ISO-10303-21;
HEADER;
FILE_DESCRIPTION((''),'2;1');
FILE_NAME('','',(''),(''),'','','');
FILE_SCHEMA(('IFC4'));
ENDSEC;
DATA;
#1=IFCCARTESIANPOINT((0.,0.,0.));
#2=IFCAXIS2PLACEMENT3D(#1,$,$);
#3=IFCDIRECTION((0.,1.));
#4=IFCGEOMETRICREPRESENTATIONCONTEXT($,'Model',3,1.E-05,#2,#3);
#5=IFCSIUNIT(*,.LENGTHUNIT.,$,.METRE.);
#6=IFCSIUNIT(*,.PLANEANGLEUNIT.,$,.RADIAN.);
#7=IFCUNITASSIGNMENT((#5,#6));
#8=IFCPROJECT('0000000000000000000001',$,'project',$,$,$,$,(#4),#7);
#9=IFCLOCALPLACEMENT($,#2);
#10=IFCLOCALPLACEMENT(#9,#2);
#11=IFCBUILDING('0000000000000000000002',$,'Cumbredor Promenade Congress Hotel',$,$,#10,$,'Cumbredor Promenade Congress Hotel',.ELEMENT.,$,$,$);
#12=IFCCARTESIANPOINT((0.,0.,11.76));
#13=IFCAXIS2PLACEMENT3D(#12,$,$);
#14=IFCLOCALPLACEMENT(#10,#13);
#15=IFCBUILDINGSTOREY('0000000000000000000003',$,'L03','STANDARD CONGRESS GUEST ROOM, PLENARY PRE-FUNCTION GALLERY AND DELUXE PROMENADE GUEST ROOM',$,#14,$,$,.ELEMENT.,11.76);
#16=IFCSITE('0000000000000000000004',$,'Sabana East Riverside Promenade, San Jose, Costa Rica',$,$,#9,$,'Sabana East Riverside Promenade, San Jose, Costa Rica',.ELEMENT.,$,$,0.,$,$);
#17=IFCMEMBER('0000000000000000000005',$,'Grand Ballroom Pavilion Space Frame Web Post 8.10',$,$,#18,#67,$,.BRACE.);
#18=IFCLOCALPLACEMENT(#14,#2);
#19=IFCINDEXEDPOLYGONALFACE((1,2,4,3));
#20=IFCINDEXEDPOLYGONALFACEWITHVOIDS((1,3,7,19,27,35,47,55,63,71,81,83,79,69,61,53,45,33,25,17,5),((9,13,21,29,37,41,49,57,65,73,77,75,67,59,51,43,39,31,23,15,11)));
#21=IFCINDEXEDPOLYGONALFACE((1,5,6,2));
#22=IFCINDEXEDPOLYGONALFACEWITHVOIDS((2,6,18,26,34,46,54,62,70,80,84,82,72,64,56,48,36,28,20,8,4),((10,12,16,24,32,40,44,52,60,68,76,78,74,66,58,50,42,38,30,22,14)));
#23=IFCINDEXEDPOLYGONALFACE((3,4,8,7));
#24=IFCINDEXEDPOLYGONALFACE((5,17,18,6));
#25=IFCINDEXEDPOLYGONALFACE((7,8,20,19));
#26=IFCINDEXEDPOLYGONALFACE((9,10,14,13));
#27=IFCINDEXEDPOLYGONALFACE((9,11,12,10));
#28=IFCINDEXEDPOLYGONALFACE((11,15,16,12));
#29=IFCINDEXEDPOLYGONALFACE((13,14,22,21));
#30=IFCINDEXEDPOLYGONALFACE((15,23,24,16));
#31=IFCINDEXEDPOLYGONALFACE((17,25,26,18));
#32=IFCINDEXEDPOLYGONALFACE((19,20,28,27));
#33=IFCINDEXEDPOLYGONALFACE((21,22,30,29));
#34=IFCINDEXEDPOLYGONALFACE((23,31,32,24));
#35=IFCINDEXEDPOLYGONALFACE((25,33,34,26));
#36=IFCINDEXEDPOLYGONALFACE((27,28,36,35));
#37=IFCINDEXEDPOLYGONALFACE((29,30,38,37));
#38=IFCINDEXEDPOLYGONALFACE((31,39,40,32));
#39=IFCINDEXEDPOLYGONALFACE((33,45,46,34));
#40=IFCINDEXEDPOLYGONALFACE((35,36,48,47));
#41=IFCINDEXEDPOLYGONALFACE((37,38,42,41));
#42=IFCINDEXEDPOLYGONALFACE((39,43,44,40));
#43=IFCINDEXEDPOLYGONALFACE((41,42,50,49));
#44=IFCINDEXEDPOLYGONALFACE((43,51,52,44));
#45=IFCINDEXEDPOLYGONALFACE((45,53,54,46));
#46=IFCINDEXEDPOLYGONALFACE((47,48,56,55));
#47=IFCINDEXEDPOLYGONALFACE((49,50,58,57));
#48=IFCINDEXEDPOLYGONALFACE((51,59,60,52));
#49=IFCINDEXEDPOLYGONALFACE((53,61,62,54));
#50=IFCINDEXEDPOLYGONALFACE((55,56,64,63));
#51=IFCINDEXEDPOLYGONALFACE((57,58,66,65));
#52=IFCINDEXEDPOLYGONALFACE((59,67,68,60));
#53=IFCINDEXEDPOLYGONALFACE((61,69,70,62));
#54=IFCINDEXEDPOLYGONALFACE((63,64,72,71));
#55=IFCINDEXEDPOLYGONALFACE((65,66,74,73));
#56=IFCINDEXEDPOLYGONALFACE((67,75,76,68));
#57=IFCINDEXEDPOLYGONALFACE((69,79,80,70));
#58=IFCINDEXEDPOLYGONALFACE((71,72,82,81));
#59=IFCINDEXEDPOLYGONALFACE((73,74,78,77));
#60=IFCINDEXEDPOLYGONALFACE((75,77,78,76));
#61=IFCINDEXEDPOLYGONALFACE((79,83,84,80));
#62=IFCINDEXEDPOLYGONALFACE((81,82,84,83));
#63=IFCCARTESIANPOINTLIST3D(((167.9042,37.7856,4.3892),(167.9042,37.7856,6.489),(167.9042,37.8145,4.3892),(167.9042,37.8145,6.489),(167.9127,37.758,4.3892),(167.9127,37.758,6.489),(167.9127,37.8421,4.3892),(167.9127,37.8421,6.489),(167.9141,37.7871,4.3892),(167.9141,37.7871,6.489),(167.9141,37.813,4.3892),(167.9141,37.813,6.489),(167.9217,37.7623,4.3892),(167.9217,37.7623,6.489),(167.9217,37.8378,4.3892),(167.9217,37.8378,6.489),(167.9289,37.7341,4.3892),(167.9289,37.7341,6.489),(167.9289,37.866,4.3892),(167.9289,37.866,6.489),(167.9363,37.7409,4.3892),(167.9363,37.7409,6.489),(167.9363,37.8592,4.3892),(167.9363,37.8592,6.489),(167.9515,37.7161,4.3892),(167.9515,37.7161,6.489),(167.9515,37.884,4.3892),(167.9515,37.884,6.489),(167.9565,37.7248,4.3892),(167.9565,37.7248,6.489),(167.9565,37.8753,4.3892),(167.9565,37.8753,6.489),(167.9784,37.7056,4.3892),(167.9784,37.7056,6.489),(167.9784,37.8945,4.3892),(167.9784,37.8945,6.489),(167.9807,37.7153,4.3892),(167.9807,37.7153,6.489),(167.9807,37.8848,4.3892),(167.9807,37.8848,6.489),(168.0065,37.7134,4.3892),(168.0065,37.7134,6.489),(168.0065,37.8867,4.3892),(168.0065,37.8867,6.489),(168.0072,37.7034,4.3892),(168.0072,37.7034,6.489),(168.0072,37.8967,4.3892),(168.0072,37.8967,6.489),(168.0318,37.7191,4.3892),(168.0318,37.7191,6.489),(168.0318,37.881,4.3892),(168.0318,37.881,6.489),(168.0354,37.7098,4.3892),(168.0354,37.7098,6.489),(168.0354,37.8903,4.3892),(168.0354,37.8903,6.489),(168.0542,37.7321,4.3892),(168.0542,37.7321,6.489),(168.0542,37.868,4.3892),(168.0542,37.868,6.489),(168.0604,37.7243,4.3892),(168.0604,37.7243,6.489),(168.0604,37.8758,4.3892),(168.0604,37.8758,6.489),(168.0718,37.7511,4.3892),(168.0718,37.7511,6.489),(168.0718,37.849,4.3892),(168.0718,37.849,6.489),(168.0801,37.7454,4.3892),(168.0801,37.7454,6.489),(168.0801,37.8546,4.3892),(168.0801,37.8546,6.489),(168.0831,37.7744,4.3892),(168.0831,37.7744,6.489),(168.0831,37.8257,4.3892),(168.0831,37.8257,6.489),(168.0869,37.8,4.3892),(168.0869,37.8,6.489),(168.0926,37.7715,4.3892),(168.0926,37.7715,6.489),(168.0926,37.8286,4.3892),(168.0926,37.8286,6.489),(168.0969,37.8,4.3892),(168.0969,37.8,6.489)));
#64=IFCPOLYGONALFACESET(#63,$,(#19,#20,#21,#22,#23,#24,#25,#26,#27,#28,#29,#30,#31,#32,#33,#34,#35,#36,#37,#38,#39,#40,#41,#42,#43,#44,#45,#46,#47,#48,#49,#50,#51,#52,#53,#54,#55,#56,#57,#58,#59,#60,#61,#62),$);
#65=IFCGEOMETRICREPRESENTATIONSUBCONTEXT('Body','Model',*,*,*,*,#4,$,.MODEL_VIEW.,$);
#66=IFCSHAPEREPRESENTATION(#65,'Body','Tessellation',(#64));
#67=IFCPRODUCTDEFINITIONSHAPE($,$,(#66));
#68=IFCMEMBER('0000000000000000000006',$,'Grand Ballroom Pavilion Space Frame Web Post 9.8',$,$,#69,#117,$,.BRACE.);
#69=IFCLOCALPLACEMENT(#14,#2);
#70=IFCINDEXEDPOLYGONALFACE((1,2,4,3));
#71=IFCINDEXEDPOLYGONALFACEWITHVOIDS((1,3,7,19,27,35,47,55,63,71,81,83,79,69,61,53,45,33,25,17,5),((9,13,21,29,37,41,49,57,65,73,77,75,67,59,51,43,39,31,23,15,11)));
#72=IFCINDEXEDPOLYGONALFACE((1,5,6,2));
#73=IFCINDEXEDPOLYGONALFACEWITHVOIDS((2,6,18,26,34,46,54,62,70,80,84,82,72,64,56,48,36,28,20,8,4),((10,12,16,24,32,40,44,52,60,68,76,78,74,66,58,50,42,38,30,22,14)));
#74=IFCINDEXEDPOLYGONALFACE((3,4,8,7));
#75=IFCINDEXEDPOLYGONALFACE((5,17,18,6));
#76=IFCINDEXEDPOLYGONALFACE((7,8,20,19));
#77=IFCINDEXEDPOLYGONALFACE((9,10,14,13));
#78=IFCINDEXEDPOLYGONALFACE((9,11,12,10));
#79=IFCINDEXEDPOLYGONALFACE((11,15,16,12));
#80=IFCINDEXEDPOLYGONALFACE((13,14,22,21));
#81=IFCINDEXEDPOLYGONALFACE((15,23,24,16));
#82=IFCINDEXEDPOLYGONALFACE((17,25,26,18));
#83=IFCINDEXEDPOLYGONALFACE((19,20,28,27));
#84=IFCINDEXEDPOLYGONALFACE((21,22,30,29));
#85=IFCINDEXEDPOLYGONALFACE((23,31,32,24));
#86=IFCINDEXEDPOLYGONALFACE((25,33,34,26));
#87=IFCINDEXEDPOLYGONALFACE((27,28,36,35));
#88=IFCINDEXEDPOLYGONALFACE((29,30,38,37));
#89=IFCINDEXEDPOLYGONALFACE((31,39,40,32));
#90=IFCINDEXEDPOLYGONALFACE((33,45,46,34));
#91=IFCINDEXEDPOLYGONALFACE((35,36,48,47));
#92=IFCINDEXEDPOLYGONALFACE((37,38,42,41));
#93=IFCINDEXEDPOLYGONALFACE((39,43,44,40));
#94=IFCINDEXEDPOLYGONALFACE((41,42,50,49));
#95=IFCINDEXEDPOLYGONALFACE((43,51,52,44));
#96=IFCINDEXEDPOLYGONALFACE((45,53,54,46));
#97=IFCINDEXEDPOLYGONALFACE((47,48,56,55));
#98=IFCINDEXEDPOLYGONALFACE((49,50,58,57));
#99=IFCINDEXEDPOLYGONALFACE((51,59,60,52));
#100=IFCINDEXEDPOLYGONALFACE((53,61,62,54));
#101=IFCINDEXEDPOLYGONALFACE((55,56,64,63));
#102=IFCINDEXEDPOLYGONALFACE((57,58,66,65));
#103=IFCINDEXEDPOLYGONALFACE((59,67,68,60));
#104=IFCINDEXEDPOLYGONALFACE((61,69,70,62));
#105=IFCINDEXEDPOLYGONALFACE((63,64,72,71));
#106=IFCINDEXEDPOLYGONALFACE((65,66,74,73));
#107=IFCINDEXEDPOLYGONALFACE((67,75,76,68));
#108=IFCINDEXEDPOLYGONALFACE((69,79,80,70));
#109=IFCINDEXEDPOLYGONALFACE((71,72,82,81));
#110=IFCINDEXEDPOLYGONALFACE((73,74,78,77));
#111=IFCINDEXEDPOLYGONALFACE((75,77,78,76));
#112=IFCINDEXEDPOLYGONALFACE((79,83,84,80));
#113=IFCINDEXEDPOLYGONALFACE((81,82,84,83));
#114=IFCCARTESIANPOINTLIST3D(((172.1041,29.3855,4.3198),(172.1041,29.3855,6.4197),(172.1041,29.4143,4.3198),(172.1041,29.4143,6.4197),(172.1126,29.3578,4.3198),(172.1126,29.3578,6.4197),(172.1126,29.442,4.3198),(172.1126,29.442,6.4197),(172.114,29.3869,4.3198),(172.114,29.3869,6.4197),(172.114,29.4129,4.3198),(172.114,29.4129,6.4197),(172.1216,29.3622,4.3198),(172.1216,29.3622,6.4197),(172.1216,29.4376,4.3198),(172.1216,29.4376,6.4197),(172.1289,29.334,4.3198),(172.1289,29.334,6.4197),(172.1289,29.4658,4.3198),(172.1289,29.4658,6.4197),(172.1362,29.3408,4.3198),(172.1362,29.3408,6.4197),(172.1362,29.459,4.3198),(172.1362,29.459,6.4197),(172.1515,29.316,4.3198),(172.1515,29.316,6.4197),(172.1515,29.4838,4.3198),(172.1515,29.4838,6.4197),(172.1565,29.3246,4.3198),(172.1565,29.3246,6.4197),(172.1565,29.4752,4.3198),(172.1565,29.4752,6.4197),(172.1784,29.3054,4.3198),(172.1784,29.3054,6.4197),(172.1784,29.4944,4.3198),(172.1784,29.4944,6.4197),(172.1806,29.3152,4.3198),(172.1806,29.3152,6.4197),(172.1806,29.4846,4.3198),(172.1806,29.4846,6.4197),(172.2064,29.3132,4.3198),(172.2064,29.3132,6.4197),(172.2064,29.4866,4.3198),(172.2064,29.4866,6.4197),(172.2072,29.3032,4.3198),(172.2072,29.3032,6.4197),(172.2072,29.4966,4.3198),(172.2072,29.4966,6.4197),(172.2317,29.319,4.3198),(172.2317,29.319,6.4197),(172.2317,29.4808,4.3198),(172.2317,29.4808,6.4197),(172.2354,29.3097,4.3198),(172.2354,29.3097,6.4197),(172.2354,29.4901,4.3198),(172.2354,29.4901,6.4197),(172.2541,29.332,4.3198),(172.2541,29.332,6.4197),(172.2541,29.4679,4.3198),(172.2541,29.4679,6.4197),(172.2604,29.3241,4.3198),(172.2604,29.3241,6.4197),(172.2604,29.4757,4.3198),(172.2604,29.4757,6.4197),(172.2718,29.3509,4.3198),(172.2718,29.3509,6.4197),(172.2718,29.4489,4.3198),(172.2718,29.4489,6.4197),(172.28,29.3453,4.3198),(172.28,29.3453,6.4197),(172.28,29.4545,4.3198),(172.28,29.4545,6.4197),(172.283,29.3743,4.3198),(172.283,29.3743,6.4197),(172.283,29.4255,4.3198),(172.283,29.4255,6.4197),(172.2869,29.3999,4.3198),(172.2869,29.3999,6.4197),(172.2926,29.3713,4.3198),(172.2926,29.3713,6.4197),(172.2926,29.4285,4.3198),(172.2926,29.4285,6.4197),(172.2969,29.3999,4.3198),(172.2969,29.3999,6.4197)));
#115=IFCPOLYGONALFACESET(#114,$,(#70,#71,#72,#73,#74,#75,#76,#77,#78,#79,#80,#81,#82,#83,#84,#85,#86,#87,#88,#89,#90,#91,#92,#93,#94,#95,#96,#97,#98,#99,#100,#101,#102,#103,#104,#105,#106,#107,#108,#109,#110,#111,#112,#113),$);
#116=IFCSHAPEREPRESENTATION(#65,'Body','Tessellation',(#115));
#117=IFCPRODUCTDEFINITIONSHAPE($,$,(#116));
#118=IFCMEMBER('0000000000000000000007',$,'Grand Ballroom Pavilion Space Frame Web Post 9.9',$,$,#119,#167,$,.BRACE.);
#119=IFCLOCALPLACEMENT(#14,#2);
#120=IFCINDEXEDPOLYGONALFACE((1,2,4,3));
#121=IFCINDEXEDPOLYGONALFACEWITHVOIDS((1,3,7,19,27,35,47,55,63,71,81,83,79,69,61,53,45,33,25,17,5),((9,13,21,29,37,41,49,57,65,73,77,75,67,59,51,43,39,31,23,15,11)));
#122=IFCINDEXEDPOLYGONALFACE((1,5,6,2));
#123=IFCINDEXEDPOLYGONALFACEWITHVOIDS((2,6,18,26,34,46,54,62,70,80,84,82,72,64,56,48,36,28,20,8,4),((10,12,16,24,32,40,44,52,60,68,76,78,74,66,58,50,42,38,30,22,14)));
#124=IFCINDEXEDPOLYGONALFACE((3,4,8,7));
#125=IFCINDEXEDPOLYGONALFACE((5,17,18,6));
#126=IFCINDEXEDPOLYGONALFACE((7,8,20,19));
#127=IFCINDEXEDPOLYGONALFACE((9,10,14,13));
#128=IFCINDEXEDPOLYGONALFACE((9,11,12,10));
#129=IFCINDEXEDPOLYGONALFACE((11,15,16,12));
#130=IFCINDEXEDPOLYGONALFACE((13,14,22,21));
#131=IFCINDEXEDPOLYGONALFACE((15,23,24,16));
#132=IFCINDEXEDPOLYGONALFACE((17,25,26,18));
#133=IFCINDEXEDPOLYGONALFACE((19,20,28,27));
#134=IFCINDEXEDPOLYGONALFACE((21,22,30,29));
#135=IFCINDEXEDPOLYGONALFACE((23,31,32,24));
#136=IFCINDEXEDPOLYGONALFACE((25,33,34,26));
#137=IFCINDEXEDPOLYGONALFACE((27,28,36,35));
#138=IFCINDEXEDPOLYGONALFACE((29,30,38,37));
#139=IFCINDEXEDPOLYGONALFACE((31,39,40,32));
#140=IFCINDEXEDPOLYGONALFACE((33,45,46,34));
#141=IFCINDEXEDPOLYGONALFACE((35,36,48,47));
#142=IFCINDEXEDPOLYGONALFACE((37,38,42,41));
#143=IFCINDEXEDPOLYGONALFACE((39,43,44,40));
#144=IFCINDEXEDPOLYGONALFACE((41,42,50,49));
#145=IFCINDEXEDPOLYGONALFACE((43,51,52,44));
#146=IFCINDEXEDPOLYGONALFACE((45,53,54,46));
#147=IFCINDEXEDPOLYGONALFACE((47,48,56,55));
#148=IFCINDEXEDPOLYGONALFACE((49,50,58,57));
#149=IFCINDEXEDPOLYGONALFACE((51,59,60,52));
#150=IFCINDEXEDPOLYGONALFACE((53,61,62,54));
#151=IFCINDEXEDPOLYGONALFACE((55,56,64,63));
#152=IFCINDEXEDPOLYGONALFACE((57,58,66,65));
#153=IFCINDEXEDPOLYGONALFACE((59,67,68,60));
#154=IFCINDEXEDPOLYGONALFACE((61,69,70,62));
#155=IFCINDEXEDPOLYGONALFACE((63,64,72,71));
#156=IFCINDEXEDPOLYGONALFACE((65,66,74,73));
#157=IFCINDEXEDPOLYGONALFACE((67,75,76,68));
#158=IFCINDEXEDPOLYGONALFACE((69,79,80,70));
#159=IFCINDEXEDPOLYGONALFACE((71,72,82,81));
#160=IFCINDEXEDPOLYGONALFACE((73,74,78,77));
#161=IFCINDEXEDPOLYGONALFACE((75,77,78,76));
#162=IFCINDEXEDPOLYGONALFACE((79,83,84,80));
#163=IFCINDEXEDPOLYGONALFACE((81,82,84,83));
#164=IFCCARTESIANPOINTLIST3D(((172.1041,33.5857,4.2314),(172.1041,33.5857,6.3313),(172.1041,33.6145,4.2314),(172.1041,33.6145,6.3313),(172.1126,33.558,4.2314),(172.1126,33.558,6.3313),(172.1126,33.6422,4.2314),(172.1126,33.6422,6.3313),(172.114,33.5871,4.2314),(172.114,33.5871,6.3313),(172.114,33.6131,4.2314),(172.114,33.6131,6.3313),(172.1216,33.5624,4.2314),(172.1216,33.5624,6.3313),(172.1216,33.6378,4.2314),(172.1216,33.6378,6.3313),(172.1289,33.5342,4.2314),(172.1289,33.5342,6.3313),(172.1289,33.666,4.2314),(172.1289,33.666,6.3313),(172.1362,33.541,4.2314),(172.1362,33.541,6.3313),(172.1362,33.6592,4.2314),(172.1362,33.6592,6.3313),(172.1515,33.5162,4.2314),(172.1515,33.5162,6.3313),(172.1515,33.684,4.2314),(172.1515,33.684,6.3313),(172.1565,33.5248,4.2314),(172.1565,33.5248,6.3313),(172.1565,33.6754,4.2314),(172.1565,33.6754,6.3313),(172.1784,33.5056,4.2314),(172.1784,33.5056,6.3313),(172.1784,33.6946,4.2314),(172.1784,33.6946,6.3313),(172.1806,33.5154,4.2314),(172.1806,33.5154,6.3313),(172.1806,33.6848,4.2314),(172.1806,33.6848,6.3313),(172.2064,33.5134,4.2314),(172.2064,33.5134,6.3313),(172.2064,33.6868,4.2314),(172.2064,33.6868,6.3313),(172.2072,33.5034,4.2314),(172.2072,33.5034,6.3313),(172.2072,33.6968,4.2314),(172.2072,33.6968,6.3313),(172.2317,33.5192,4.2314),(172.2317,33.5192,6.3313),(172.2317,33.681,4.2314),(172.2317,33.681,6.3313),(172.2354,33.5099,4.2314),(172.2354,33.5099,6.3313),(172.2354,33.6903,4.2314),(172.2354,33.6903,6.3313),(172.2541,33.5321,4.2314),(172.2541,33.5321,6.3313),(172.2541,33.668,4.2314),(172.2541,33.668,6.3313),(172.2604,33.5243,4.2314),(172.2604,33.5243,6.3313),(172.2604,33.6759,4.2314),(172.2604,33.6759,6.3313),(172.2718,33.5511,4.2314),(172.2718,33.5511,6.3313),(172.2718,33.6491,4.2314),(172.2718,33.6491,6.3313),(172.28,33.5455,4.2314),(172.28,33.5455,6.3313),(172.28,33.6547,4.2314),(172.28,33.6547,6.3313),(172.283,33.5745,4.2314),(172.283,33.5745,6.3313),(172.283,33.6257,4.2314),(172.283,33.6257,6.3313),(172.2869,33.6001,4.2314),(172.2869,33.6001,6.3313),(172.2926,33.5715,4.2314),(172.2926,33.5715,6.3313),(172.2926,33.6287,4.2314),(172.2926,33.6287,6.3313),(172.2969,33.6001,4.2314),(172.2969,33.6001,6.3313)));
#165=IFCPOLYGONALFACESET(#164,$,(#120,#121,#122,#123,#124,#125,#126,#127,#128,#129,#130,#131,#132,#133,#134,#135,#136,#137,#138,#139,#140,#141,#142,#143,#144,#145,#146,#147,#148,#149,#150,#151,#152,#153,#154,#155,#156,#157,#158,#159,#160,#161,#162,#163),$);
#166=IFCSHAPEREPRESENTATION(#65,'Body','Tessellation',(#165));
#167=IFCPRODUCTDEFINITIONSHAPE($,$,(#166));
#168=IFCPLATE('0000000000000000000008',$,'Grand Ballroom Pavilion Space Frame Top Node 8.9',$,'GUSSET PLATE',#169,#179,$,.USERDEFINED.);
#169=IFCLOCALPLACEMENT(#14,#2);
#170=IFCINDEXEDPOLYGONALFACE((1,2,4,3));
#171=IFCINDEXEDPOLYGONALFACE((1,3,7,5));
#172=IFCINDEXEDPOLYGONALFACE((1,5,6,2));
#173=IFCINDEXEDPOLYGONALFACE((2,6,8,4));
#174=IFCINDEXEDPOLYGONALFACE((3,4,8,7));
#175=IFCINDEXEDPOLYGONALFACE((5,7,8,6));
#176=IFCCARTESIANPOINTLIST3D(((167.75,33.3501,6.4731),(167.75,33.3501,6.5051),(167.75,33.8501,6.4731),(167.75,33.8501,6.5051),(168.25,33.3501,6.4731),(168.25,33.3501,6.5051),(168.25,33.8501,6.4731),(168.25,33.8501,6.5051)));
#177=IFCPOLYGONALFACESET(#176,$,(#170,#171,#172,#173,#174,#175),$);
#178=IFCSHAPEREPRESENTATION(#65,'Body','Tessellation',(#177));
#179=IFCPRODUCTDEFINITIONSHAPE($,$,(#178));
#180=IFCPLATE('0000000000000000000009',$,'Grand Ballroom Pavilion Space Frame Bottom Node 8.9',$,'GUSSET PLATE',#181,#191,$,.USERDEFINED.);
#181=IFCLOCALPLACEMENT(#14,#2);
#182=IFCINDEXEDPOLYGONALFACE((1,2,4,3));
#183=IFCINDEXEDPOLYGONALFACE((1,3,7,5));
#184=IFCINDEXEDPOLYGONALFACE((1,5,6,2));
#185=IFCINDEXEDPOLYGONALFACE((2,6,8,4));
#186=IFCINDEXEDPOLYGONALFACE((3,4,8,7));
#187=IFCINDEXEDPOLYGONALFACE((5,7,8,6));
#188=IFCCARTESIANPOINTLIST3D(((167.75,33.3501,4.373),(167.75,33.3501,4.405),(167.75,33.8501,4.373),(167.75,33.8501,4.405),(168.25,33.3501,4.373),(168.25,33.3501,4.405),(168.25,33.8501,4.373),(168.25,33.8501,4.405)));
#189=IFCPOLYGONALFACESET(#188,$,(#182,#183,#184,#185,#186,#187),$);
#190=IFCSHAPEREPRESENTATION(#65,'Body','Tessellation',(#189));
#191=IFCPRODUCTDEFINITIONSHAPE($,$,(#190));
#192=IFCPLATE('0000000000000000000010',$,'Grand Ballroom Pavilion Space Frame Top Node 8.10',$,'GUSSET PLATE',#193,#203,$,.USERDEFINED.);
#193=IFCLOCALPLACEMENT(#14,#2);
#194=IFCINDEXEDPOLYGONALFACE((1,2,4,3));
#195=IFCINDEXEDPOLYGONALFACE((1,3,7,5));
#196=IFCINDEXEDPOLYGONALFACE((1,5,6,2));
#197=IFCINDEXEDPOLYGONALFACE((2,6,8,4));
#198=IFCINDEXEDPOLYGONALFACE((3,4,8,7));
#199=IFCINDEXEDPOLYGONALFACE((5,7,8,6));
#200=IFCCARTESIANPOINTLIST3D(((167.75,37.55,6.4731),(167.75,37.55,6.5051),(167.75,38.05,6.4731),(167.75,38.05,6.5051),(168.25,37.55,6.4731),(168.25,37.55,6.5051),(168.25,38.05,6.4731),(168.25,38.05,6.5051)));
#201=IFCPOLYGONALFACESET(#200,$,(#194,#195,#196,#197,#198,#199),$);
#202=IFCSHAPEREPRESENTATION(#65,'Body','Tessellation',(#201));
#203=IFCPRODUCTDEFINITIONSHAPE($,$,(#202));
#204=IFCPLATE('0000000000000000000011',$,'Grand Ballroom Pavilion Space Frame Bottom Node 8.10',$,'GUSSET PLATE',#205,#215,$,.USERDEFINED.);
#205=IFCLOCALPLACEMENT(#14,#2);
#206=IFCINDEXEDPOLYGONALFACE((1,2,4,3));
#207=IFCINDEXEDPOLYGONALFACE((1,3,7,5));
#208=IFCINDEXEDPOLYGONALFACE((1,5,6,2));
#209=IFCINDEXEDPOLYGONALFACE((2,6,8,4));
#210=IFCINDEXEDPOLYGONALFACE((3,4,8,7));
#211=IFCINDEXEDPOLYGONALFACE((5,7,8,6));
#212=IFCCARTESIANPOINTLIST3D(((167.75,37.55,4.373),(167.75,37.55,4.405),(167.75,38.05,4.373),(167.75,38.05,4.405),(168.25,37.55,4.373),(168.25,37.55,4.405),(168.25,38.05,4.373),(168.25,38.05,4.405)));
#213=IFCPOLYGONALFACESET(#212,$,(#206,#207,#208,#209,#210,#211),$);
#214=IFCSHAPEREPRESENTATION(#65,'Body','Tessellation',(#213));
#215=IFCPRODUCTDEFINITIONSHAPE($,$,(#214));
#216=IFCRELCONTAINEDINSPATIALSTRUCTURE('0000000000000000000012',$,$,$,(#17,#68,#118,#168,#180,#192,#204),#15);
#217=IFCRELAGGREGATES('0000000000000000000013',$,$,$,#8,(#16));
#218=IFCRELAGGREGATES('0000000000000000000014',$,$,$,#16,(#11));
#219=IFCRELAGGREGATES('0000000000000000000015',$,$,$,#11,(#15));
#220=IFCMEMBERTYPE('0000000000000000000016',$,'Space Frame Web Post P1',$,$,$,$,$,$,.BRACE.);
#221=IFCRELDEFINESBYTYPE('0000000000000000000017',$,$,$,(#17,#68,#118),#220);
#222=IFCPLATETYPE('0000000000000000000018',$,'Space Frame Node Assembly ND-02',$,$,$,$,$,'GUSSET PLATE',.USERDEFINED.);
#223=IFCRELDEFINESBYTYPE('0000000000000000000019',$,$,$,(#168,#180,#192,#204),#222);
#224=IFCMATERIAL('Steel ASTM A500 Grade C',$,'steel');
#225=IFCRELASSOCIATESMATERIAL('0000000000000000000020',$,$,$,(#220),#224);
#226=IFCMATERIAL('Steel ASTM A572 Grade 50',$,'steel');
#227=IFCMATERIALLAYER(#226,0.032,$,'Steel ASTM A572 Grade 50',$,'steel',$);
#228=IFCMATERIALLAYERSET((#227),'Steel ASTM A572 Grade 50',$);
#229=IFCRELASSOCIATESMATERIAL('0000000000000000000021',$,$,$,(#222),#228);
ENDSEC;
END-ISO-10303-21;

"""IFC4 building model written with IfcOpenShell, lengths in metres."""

from ifc_helpers import new_model, si_unit, direction, frame, origin, origin_2d, place, context, subcontext, project, spatial, rectangle, hollow_circle, extrude, material, layer, layer_set, material_profile, profile_set, type_object, element, save


model = new_model("IFC4")

# Units and contexts
model_context = context("Model", 3, precision=1e-05, world=origin(), true_north=direction((0.0, 1.0)))
body_context = subcontext(model_context, "Body", "Model", "MODEL_VIEW")
ifc_project = project(units=[si_unit("LENGTHUNIT", "METRE"), si_unit("PLANEANGLEUNIT", "RADIAN")], contexts=[model_context])

# Site, building, storey
site_placement = place(None, origin())
site = spatial("IfcSite", under=ifc_project, at=site_placement, Name="Sabana East Riverside Promenade, San Jose, Costa Rica", LongName="Sabana East Riverside Promenade, San Jose, Costa Rica", CompositionType="ELEMENT", RefElevation=0.0)
building_placement = place(site_placement, origin())
building = spatial("IfcBuilding", under=site, at=building_placement, Name="Cumbredor Promenade Congress Hotel", LongName="Cumbredor Promenade Congress Hotel", CompositionType="ELEMENT")
storey_placement = place(building_placement, frame((0.0, 0.0, 11.76)))
storey = spatial("IfcBuildingStorey", under=building, at=storey_placement, Name="L03", Description="STANDARD CONGRESS GUEST ROOM, PLENARY PRE-FUNCTION GALLERY AND DELUXE PROMENADE GUEST ROOM", CompositionType="ELEMENT", Elevation=11.76)

# Members
ifc_material_1 = material(Name="Steel ASTM A500 Grade C", Category="steel")
ifc_material_profile_1 = material_profile(ifc_material_1, hollow_circle(Radius=0.0969, WallThickness=0.01, at=origin_2d()), Name="CHS 193.7x10")
ifc_profile_set_1 = profile_set([ifc_material_profile_1], Name="Steel ASTM A500 Grade C")
member_type_1 = type_object("IfcMemberType", Name="Space Frame Web Post P1", PredefinedType="BRACE", material=ifc_profile_set_1)
for number, where, z_axis, x_axis, name in (
    (1, (168.0, 37.8, 4.3892), (0.0, 0.0, 1.0), (1.0, 0.0, 0.0), "Grand Ballroom Pavilion Space Frame Web Post 8.10"),
    (2, (172.2, 29.3999, 4.3198), (0.0, 0.0, 1.0), (1.0, 0.0, 0.0), "Grand Ballroom Pavilion Space Frame Web Post 9.8"),
    (3, (172.2, 33.6001, 4.2314), (0.0, 0.0, 1.0), (1.0, 0.0, 0.0), "Grand Ballroom Pavilion Space Frame Web Post 9.9"),
):
    element("IfcMember", number, at=place(storey_placement, frame(where, z_axis=z_axis, x_axis=x_axis)), inside=storey, type_object=member_type_1, Name=name, PredefinedType="BRACE", context=body_context, shape_type="SweptSolid", body=[
        extrude(hollow_circle(Radius=0.0969, WallThickness=0.01, at=origin_2d()), origin(), (0.0, 0.0, 1.0), 2.0999),
    ])

# Plates
ifc_material_2 = material(Name="Steel ASTM A572 Grade 50", Category="steel")
ifc_layer = layer(ifc_material_2, 0.032, Name="Steel ASTM A572 Grade 50", Category="steel")
ifc_layer_set = layer_set([ifc_layer], Name="Steel ASTM A572 Grade 50")
plate_type = type_object("IfcPlateType", Name="Space Frame Node Assembly ND-02", ElementType="GUSSET PLATE", PredefinedType="USERDEFINED", material=ifc_layer_set)
for number, where, z_axis, x_axis, name in (
    (4, (168.0, 33.6001, 6.4731), (0.0, 0.0, 1.0), (1.0, 0.0, 0.0), "Grand Ballroom Pavilion Space Frame Top Node 8.9"),
    (5, (168.0, 33.6001, 4.373), (0.0, 0.0, 1.0), (1.0, 0.0, 0.0), "Grand Ballroom Pavilion Space Frame Bottom Node 8.9"),
    (6, (168.0, 37.8, 6.4731), (0.0, 0.0, 1.0), (1.0, 0.0, 0.0), "Grand Ballroom Pavilion Space Frame Top Node 8.10"),
    (7, (168.0, 37.8, 4.373), (0.0, 0.0, 1.0), (1.0, 0.0, 0.0), "Grand Ballroom Pavilion Space Frame Bottom Node 8.10"),
):
    element("IfcPlate", number, at=place(storey_placement, frame(where, z_axis=z_axis, x_axis=x_axis)), inside=storey, type_object=plate_type, Name=name, ObjectType="GUSSET PLATE", PredefinedType="USERDEFINED", context=body_context, shape_type="SweptSolid", body=[
        extrude(rectangle(XDim=0.5, YDim=0.5, at=origin_2d()), origin(), (0.0, 0.0, 1.0), 0.032),
    ])

save(model, "model.ifc")
